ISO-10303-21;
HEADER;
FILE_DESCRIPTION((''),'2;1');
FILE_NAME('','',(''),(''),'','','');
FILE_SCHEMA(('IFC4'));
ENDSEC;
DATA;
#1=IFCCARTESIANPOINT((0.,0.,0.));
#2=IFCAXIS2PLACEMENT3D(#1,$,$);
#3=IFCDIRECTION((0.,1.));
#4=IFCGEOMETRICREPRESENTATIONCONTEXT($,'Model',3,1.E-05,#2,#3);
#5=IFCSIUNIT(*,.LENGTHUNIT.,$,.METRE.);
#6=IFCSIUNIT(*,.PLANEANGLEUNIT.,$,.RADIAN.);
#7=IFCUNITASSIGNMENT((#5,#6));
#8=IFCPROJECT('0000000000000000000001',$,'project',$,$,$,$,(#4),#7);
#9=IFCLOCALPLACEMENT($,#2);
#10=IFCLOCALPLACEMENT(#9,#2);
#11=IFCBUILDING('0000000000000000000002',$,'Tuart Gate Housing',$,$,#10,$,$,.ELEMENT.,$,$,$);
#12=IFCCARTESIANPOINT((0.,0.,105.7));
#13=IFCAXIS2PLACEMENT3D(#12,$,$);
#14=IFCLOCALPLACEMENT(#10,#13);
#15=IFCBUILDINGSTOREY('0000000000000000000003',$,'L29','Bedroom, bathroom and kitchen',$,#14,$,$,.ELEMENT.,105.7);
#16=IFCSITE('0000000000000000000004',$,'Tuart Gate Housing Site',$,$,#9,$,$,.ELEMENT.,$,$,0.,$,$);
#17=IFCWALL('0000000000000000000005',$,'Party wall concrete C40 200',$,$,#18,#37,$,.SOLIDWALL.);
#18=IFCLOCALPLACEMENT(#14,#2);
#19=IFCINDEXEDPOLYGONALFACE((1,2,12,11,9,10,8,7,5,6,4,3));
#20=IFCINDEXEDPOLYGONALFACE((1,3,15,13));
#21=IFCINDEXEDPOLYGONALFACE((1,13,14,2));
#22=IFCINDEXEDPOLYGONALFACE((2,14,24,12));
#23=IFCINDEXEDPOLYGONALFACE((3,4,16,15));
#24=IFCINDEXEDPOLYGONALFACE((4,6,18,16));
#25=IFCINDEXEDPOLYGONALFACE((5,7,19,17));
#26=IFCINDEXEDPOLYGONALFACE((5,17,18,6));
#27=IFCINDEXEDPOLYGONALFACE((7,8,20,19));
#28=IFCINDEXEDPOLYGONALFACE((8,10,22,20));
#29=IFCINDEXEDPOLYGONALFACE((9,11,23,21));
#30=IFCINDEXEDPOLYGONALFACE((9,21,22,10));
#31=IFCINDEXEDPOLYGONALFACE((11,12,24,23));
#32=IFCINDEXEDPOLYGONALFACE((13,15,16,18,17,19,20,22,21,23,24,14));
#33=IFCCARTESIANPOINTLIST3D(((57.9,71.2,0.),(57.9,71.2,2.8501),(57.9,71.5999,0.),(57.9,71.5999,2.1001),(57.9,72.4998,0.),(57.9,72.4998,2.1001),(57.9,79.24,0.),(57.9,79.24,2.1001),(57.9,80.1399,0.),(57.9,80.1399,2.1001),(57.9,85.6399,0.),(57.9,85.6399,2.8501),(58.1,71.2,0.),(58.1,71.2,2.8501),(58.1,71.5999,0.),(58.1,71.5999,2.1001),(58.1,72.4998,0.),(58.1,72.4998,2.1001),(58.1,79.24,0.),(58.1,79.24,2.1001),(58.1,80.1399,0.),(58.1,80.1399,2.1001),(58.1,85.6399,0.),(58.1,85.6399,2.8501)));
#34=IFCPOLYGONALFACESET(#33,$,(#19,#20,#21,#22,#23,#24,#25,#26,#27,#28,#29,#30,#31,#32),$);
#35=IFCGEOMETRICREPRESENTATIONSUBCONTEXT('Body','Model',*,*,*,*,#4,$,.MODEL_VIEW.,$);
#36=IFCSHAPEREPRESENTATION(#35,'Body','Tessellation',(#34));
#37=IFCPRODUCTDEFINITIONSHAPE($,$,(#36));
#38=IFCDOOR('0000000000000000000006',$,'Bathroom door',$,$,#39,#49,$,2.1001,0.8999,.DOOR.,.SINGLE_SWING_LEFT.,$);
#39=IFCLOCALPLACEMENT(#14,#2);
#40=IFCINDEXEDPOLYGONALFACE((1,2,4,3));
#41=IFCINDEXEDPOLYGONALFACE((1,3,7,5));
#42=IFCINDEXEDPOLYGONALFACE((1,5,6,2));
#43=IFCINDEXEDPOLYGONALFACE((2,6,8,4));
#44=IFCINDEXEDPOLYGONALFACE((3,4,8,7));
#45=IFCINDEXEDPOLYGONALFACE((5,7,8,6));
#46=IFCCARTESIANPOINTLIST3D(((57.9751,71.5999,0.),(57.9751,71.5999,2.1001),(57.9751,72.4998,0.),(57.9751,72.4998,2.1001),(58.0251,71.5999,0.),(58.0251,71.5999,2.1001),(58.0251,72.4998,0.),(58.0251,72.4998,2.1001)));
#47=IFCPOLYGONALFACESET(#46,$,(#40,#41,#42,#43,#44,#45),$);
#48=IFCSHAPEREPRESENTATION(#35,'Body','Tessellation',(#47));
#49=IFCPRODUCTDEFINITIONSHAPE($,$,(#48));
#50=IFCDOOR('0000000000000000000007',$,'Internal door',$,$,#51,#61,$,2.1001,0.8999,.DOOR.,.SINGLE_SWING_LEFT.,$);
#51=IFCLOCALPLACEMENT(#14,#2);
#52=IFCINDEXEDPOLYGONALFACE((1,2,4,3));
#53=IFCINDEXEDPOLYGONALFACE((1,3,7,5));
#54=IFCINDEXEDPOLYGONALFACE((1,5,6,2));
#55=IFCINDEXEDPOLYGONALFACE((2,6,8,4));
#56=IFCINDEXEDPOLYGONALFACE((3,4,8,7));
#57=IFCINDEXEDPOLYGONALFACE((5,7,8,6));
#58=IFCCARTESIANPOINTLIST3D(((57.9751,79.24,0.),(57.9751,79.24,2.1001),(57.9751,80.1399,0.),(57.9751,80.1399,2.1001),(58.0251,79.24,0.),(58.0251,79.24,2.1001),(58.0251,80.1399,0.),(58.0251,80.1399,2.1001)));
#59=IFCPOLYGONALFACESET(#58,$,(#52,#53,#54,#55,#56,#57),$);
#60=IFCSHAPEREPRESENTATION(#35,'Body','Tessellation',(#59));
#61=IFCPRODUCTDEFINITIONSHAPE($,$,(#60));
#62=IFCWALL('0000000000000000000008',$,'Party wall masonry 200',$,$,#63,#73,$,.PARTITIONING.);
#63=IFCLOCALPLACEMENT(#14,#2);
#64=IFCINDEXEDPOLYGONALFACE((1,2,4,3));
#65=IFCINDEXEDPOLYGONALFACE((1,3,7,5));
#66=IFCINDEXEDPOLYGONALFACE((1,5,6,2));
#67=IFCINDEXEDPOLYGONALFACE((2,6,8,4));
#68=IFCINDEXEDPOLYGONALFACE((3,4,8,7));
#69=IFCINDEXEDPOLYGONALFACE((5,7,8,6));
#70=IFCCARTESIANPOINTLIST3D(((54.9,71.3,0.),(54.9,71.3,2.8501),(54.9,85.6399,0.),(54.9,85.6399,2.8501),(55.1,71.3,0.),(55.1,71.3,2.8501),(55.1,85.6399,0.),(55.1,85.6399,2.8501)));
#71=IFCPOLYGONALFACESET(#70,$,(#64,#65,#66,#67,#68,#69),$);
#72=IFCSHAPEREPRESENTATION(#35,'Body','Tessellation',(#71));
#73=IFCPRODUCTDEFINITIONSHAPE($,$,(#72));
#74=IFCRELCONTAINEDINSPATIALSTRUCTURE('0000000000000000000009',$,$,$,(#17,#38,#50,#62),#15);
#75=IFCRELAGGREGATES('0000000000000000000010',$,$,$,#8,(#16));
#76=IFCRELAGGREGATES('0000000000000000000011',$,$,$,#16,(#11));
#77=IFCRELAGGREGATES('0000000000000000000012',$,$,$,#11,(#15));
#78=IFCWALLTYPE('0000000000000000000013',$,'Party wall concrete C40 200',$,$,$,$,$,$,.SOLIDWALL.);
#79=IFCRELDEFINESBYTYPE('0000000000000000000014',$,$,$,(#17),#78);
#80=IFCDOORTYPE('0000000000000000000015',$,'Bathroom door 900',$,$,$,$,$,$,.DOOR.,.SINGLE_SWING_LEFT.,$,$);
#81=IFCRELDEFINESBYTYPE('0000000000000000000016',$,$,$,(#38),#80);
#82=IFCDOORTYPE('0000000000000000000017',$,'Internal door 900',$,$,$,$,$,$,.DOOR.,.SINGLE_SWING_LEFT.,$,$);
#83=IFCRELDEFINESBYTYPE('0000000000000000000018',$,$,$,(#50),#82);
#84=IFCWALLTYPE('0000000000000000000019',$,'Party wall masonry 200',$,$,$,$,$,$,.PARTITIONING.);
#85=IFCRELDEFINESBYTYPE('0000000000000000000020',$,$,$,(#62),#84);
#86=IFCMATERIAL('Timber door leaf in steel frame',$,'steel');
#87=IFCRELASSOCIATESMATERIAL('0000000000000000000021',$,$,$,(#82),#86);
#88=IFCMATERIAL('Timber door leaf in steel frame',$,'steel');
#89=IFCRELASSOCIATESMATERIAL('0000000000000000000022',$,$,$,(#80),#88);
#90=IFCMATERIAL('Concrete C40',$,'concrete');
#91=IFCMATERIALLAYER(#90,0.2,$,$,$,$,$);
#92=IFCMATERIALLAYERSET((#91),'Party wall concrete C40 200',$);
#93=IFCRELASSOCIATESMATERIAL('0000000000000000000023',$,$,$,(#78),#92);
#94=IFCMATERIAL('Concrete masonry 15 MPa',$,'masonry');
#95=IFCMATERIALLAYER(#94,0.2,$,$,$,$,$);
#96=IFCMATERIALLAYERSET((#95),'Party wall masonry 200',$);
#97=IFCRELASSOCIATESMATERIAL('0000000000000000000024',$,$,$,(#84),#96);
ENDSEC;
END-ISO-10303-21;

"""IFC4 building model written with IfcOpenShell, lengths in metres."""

from ifc_helpers import new_model, si_unit, direction, frame, frame_2d, origin, place, context, subcontext, project, spatial, rectangle, extrude, material, layer, layer_set, type_object, element, fill, save


model = new_model("IFC4")

# Units and contexts
model_context = context("Model", 3, precision=1e-05, world=origin(), true_north=direction((0.0, 1.0)))
body_context = subcontext(model_context, "Body", "Model", "MODEL_VIEW")
ifc_project = project(units=[si_unit("LENGTHUNIT", "METRE"), si_unit("PLANEANGLEUNIT", "RADIAN")], contexts=[model_context])

# Site, building, storey
site_placement = place(None, origin())
site = spatial("IfcSite", under=ifc_project, at=site_placement, Name="Tuart Gate Housing Site", CompositionType="ELEMENT", RefElevation=0.0)
building_placement = place(site_placement, origin())
building = spatial("IfcBuilding", under=site, at=building_placement, Name="Tuart Gate Housing", CompositionType="ELEMENT")
storey_placement = place(building_placement, frame((0.0, 0.0, 105.7)))
storey = spatial("IfcBuildingStorey", under=building, at=storey_placement, Name="L29", Description="Bedroom, bathroom and kitchen", CompositionType="ELEMENT", Elevation=105.7)

# Shared definitions
ifc_material_1 = material(Name="Timber door leaf in steel frame", Category="steel")
door_type_1 = type_object("IfcDoorType", Name="Internal door 900", OperationType="SINGLE_SWING_LEFT", PredefinedType="DOOR", material=ifc_material_1)

# Shared definitions
ifc_material_2 = material(Name="Timber door leaf in steel frame", Category="steel")
door_type_2 = type_object("IfcDoorType", Name="Bathroom door 900", OperationType="SINGLE_SWING_LEFT", PredefinedType="DOOR", material=ifc_material_2)

# Shared definitions
ifc_material_3 = material(Name="Concrete C40", Category="concrete")
ifc_layer_1 = layer(ifc_material_3, 0.2)
ifc_layer_set_1 = layer_set([ifc_layer_1], Name="Party wall concrete C40 200")
wall_type_1 = type_object("IfcWallType", Name="Party wall concrete C40 200", PredefinedType="SOLIDWALL", material=ifc_layer_set_1)

# Wall, openings, doors
wall_1_placement = place(storey_placement, frame((58.0, 71.2, 0.0), z_axis=(0.0, 0.0, 1.0), x_axis=(0.0, 1.0, 0.0)))
wall_1 = element("IfcWall", 1, at=wall_1_placement, inside=storey, type_object=wall_type_1, Name="Party wall concrete C40 200", PredefinedType="SOLIDWALL", context=body_context, shape_type="SweptSolid", body=[
    extrude(rectangle(XDim=14.4399, YDim=0.2, at=frame_2d((7.22, 0.0))), origin(), (0.0, 0.0, 1.0), 2.8501),
])
opening_1_placement = place(wall_1_placement, frame((8.04, 0.0, 0.0)))
opening_1 = element("IfcOpeningElement", 2, at=opening_1_placement, cuts=wall_1, PredefinedType="OPENING", context=body_context, shape_type="SweptSolid", body=[
    extrude(rectangle(XDim=0.8999, YDim=2.1001, at=frame_2d((0.45, 1.05))), frame((0.0, 0.1099, 0.0), z_axis=(0.0, -1.0, 0.0), x_axis=(1.0, 0.0, 0.0)), (0.0, 0.0, 1.0), 0.22),
])
opening_2_placement = place(wall_1_placement, frame((0.3999, 0.0, 0.0)))
opening_2 = element("IfcOpeningElement", 3, at=opening_2_placement, cuts=wall_1, PredefinedType="OPENING", context=body_context, shape_type="SweptSolid", body=[
    extrude(rectangle(XDim=0.8999, YDim=2.1001, at=frame_2d((0.45, 1.05))), frame((0.0, 0.1099, 0.0), z_axis=(0.0, -1.0, 0.0), x_axis=(1.0, 0.0, 0.0)), (0.0, 0.0, 1.0), 0.22),
])
door_1_placement = place(opening_2_placement, origin())
door_1 = element("IfcDoor", 4, at=door_1_placement, inside=storey, type_object=door_type_2, Name="Bathroom door", OperationType="SINGLE_SWING_LEFT", OverallHeight=2.1001, OverallWidth=0.8999, PredefinedType="DOOR", context=body_context, shape_type="SweptSolid", body=[
    extrude(rectangle(XDim=0.8999, YDim=2.1001, at=frame_2d((0.45, 1.05))), frame((0.0, 0.0249, 0.0), z_axis=(0.0, -1.0, 0.0), x_axis=(1.0, 0.0, 0.0)), (0.0, 0.0, 1.0), 0.05),
])
fill(opening_2, door_1)
door_2_placement = place(opening_1_placement, origin())
door_2 = element("IfcDoor", 5, at=door_2_placement, inside=storey, type_object=door_type_1, Name="Internal door", OperationType="SINGLE_SWING_LEFT", OverallHeight=2.1001, OverallWidth=0.8999, PredefinedType="DOOR", context=body_context, shape_type="SweptSolid", body=[
    extrude(rectangle(XDim=0.8999, YDim=2.1001, at=frame_2d((0.45, 1.05))), frame((0.0, 0.0249, 0.0), z_axis=(0.0, -1.0, 0.0), x_axis=(1.0, 0.0, 0.0)), (0.0, 0.0, 1.0), 0.05),
])
fill(opening_1, door_2)

# Wall
ifc_material_4 = material(Name="Concrete masonry 15 MPa", Category="masonry")
ifc_layer_2 = layer(ifc_material_4, 0.2)
ifc_layer_set_2 = layer_set([ifc_layer_2], Name="Party wall masonry 200")
wall_type_2 = type_object("IfcWallType", Name="Party wall masonry 200", PredefinedType="PARTITIONING", material=ifc_layer_set_2)
wall_2_placement = place(storey_placement, frame((55.0, 71.3, 0.0), z_axis=(0.0, 0.0, 1.0), x_axis=(0.0, 1.0, 0.0)))
element("IfcWall", 6, at=wall_2_placement, inside=storey, type_object=wall_type_2, Name="Party wall masonry 200", PredefinedType="PARTITIONING", context=body_context, shape_type="SweptSolid", body=[
    extrude(rectangle(XDim=14.3398, YDim=0.2, at=frame_2d((7.1699, 0.0))), origin(), (0.0, 0.0, 1.0), 2.8501),
])

save(model, "model.ifc")
